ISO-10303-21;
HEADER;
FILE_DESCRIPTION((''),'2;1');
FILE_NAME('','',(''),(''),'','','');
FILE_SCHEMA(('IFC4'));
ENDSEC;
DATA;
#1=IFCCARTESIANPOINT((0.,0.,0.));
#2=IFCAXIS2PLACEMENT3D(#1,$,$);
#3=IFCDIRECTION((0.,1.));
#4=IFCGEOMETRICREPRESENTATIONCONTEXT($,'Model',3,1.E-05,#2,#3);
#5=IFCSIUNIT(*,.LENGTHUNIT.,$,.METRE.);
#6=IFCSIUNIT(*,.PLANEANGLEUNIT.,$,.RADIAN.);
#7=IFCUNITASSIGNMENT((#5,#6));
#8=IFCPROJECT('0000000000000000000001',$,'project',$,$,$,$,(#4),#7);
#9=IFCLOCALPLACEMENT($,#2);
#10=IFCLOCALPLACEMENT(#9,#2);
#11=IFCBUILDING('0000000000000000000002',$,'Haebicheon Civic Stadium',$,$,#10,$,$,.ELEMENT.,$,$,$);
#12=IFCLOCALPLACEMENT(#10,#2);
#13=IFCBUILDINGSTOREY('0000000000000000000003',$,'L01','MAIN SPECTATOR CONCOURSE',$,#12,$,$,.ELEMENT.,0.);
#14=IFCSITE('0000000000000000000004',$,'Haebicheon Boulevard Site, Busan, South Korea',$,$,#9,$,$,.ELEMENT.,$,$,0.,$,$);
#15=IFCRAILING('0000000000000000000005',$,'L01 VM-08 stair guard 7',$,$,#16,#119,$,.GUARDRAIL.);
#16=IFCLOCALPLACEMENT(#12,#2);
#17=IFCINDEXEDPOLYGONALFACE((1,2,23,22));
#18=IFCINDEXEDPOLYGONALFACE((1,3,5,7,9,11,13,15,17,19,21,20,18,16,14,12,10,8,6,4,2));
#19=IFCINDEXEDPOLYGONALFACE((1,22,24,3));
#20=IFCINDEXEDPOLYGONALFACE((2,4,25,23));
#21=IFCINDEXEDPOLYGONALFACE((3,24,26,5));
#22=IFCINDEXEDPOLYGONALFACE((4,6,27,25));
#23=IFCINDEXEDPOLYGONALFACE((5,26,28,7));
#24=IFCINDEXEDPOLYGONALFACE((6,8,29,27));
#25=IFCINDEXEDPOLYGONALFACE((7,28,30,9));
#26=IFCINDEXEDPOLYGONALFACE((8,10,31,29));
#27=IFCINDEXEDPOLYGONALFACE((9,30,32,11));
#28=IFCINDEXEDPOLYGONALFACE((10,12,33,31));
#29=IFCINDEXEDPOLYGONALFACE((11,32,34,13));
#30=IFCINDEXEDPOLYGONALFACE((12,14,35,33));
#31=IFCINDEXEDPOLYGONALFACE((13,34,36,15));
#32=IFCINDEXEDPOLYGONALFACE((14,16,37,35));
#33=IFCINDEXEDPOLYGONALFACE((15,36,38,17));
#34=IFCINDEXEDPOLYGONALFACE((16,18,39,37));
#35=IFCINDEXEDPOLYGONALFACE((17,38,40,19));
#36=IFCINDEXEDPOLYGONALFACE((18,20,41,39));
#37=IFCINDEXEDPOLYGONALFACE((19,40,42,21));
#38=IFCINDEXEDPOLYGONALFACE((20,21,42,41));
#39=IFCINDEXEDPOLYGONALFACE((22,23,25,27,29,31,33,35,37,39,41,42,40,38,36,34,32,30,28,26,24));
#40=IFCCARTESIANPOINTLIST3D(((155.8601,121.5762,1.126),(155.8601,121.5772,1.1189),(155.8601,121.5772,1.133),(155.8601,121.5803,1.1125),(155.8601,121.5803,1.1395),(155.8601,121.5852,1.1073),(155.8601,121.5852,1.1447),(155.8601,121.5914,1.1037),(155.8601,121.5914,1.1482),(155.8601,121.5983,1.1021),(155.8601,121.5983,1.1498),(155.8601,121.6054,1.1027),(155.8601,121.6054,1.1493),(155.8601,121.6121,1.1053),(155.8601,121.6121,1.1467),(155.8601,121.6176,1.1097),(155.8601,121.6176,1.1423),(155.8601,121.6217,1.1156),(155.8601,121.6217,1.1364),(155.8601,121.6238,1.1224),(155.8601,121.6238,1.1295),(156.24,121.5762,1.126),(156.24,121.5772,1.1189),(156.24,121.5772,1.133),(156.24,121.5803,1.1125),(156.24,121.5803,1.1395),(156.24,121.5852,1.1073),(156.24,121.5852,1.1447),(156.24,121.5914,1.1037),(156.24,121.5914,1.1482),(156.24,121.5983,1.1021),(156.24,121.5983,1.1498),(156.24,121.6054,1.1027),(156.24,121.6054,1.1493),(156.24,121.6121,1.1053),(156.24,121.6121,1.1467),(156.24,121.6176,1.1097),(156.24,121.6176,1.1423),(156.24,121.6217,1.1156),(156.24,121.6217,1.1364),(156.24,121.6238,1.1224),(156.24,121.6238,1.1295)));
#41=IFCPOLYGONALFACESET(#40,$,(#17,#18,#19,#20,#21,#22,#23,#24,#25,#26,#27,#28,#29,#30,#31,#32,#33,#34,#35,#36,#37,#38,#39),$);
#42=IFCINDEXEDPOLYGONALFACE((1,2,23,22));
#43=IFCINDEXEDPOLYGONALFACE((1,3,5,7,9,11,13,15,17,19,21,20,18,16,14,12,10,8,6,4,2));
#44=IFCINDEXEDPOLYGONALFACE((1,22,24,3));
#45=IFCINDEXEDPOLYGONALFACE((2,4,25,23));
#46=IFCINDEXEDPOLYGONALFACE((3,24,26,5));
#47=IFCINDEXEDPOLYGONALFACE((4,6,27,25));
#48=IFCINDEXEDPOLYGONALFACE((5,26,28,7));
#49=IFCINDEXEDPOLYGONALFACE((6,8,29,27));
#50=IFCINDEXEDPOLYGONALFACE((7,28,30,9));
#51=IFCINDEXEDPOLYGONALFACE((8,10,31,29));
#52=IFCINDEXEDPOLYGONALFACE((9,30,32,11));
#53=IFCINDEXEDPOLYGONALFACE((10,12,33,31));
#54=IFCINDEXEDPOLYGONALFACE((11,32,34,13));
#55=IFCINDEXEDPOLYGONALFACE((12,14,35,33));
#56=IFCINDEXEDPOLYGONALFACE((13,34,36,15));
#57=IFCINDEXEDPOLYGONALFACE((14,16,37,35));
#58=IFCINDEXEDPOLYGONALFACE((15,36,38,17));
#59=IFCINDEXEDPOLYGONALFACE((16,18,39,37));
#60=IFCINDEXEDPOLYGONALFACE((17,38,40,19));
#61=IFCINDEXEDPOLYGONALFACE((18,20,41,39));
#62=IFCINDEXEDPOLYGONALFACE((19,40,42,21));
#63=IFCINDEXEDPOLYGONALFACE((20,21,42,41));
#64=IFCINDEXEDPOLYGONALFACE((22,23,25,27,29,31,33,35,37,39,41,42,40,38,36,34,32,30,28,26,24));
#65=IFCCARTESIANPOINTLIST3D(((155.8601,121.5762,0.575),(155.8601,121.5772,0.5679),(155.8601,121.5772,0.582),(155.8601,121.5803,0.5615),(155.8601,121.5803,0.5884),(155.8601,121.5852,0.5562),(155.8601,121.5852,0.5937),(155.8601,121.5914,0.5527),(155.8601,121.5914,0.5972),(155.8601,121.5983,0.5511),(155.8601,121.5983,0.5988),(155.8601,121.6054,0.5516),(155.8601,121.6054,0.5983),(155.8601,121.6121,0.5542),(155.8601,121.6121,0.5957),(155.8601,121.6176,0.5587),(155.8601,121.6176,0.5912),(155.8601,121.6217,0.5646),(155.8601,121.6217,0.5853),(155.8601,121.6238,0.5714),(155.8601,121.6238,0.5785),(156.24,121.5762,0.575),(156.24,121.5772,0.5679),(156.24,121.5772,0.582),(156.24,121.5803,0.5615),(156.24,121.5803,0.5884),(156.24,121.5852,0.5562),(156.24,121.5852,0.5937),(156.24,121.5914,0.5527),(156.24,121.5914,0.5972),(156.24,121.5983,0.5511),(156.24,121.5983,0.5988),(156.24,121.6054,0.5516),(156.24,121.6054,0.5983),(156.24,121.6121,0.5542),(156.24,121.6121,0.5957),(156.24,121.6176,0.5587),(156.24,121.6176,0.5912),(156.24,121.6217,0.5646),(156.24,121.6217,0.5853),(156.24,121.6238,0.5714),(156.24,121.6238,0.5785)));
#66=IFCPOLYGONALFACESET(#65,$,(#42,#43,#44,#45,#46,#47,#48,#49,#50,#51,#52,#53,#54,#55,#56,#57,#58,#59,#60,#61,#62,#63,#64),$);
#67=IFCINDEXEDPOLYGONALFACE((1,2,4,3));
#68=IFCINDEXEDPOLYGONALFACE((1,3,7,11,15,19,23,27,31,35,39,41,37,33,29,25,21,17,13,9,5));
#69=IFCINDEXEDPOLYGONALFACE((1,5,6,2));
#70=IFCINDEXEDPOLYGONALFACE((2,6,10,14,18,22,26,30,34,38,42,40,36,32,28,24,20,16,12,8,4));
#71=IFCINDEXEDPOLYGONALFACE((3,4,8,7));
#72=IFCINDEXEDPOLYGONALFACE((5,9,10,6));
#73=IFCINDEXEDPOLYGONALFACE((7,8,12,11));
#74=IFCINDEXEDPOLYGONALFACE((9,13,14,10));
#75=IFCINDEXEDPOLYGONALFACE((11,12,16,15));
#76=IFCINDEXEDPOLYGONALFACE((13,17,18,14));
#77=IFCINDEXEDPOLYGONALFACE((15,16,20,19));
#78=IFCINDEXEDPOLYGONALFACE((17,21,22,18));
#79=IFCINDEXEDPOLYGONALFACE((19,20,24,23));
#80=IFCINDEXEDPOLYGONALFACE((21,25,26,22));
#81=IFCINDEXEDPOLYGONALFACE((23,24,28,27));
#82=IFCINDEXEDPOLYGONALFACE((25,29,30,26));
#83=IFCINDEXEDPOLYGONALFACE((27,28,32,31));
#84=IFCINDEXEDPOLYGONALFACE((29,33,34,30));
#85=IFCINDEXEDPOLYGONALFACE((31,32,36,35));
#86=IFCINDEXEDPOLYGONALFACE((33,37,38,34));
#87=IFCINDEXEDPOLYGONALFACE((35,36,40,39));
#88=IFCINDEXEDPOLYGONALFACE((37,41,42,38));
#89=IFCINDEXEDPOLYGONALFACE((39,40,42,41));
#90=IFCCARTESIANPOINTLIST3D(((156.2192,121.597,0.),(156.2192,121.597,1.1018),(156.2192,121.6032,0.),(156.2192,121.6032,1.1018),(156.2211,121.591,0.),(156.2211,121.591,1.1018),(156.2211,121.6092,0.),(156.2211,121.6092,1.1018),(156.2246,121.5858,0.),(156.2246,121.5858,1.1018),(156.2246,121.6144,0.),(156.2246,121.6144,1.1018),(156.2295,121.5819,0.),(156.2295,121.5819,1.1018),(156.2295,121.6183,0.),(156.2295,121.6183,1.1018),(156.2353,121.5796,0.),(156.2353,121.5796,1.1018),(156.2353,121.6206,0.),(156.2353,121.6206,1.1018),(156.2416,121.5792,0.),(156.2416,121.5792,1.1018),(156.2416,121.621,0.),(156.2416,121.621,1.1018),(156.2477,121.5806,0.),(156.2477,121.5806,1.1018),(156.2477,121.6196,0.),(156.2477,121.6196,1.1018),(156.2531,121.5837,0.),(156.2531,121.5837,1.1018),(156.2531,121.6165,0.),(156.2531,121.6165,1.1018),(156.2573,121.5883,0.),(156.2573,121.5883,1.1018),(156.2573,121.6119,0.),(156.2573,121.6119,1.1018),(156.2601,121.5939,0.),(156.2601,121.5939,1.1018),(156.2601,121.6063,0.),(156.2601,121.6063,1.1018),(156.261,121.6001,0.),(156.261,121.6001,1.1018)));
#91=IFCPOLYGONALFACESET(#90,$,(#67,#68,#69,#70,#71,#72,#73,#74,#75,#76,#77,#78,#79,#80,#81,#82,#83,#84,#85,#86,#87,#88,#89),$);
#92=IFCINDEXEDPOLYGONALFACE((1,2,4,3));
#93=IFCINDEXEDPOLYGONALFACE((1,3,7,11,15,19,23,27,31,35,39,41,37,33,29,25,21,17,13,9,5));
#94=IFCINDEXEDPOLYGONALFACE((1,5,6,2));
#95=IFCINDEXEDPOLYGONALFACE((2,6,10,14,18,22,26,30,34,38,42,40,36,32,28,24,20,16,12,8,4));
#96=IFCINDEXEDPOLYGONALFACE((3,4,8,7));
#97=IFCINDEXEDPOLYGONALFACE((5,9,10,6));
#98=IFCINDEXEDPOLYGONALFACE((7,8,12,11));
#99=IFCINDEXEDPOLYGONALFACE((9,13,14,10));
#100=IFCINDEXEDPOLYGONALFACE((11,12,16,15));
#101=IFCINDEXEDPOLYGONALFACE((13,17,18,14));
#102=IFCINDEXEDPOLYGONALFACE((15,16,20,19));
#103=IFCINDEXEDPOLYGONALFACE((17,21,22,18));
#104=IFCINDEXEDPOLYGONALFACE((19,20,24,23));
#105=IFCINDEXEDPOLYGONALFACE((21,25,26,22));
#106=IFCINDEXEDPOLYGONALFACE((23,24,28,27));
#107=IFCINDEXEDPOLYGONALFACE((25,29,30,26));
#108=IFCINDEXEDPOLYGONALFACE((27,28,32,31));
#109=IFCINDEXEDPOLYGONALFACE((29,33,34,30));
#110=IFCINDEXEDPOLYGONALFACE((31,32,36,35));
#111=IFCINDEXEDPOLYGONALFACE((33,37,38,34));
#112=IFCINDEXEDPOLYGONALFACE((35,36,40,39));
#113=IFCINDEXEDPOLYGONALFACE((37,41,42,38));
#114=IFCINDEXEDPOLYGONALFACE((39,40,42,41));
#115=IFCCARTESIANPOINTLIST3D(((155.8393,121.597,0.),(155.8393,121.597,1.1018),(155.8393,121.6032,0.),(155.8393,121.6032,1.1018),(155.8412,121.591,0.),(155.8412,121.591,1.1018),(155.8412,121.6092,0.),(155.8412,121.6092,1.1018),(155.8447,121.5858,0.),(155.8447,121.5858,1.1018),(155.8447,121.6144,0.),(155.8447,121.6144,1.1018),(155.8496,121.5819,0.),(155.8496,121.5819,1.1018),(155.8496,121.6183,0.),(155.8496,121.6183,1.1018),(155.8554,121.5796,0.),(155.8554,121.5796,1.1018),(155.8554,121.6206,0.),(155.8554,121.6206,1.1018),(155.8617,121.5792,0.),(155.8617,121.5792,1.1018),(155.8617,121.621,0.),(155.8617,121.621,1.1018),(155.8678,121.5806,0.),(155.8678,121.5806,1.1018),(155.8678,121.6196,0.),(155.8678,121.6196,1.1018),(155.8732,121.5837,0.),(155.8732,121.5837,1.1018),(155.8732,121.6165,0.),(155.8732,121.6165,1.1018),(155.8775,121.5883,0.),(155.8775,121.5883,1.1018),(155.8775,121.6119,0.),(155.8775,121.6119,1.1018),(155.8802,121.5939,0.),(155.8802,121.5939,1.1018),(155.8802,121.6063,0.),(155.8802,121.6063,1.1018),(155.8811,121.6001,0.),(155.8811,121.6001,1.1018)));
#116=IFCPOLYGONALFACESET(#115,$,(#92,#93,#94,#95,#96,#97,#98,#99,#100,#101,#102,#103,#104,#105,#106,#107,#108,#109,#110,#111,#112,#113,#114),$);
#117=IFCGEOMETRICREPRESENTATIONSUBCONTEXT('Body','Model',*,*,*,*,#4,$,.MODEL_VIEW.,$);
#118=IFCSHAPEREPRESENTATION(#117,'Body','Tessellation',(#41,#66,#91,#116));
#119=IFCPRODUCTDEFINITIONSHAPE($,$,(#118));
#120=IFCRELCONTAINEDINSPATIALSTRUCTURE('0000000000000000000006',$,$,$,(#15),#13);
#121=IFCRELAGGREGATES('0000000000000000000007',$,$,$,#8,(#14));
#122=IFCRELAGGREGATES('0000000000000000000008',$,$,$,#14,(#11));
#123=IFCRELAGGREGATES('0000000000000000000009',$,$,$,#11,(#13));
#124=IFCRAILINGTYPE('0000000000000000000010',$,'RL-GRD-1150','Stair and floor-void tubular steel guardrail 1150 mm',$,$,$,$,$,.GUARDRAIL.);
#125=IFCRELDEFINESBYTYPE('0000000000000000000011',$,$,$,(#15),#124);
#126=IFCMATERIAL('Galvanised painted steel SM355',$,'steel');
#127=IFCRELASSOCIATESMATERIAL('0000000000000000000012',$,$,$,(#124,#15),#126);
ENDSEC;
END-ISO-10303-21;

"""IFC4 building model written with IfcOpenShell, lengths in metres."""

from ifc_helpers import new_model, si_unit, direction, frame, origin, origin_2d, place, context, subcontext, project, spatial, circle, extrude, material, type_object, element, save


model = new_model("IFC4")

# Units and contexts
model_context = context("Model", 3, precision=1e-05, world=origin(), true_north=direction((0.0, 1.0)))
body_context = subcontext(model_context, "Body", "Model", "MODEL_VIEW")
ifc_project = project(units=[si_unit("LENGTHUNIT", "METRE"), si_unit("PLANEANGLEUNIT", "RADIAN")], contexts=[model_context])

# Site, building, storey
site_placement = place(None, origin())
site = spatial("IfcSite", under=ifc_project, at=site_placement, Name="Haebicheon Boulevard Site, Busan, South Korea", CompositionType="ELEMENT", RefElevation=0.0)
building_placement = place(site_placement, origin())
building = spatial("IfcBuilding", under=site, at=building_placement, Name="Haebicheon Civic Stadium", CompositionType="ELEMENT")
storey_placement = place(building_placement, origin())
storey = spatial("IfcBuildingStorey", under=building, at=storey_placement, Name="L01", Description="MAIN SPECTATOR CONCOURSE", CompositionType="ELEMENT", Elevation=0.0)

# Railing
ifc_material_1 = material(Name="Galvanised painted steel SM355", Category="steel")
railing_type_1 = type_object("IfcRailingType", Name="RL-GRD-1150", Description="Stair and floor-void tubular steel guardrail 1150 mm", PredefinedType="GUARDRAIL", material=ifc_material_1)
railing_1_placement = place(storey_placement, frame((156.24, 121.6001, 0.0)))
element("IfcRailing", 1, at=railing_1_placement, inside=storey, type_object=railing_type_1, material=ifc_material_1, Name="L01 VM-08 stair guard 7", PredefinedType="GUARDRAIL", context=body_context, shape_type="SweptSolid", body=[
    extrude(circle(Radius=0.0239, at=origin_2d()), frame((0.0, 0.0, 1.126), z_axis=(-1.0, 0.0, 0.0), x_axis=(0.0, -1.0, 0.0)), (0.0, 0.0, 1.0), 0.3799),
    extrude(circle(Radius=0.0239, at=origin_2d()), frame((0.0, 0.0, 0.575), z_axis=(-1.0, 0.0, 0.0), x_axis=(0.0, -1.0, 0.0)), (0.0, 0.0, 1.0), 0.3799),
    extrude(circle(Radius=0.021, at=origin_2d()), origin(), (0.0, 0.0, 1.0), 1.1018),
    extrude(circle(Radius=0.021, at=origin_2d()), frame((-0.3799, 0.0, 0.0)), (0.0, 0.0, 1.0), 1.1018),
])

save(model, "model.ifc")
